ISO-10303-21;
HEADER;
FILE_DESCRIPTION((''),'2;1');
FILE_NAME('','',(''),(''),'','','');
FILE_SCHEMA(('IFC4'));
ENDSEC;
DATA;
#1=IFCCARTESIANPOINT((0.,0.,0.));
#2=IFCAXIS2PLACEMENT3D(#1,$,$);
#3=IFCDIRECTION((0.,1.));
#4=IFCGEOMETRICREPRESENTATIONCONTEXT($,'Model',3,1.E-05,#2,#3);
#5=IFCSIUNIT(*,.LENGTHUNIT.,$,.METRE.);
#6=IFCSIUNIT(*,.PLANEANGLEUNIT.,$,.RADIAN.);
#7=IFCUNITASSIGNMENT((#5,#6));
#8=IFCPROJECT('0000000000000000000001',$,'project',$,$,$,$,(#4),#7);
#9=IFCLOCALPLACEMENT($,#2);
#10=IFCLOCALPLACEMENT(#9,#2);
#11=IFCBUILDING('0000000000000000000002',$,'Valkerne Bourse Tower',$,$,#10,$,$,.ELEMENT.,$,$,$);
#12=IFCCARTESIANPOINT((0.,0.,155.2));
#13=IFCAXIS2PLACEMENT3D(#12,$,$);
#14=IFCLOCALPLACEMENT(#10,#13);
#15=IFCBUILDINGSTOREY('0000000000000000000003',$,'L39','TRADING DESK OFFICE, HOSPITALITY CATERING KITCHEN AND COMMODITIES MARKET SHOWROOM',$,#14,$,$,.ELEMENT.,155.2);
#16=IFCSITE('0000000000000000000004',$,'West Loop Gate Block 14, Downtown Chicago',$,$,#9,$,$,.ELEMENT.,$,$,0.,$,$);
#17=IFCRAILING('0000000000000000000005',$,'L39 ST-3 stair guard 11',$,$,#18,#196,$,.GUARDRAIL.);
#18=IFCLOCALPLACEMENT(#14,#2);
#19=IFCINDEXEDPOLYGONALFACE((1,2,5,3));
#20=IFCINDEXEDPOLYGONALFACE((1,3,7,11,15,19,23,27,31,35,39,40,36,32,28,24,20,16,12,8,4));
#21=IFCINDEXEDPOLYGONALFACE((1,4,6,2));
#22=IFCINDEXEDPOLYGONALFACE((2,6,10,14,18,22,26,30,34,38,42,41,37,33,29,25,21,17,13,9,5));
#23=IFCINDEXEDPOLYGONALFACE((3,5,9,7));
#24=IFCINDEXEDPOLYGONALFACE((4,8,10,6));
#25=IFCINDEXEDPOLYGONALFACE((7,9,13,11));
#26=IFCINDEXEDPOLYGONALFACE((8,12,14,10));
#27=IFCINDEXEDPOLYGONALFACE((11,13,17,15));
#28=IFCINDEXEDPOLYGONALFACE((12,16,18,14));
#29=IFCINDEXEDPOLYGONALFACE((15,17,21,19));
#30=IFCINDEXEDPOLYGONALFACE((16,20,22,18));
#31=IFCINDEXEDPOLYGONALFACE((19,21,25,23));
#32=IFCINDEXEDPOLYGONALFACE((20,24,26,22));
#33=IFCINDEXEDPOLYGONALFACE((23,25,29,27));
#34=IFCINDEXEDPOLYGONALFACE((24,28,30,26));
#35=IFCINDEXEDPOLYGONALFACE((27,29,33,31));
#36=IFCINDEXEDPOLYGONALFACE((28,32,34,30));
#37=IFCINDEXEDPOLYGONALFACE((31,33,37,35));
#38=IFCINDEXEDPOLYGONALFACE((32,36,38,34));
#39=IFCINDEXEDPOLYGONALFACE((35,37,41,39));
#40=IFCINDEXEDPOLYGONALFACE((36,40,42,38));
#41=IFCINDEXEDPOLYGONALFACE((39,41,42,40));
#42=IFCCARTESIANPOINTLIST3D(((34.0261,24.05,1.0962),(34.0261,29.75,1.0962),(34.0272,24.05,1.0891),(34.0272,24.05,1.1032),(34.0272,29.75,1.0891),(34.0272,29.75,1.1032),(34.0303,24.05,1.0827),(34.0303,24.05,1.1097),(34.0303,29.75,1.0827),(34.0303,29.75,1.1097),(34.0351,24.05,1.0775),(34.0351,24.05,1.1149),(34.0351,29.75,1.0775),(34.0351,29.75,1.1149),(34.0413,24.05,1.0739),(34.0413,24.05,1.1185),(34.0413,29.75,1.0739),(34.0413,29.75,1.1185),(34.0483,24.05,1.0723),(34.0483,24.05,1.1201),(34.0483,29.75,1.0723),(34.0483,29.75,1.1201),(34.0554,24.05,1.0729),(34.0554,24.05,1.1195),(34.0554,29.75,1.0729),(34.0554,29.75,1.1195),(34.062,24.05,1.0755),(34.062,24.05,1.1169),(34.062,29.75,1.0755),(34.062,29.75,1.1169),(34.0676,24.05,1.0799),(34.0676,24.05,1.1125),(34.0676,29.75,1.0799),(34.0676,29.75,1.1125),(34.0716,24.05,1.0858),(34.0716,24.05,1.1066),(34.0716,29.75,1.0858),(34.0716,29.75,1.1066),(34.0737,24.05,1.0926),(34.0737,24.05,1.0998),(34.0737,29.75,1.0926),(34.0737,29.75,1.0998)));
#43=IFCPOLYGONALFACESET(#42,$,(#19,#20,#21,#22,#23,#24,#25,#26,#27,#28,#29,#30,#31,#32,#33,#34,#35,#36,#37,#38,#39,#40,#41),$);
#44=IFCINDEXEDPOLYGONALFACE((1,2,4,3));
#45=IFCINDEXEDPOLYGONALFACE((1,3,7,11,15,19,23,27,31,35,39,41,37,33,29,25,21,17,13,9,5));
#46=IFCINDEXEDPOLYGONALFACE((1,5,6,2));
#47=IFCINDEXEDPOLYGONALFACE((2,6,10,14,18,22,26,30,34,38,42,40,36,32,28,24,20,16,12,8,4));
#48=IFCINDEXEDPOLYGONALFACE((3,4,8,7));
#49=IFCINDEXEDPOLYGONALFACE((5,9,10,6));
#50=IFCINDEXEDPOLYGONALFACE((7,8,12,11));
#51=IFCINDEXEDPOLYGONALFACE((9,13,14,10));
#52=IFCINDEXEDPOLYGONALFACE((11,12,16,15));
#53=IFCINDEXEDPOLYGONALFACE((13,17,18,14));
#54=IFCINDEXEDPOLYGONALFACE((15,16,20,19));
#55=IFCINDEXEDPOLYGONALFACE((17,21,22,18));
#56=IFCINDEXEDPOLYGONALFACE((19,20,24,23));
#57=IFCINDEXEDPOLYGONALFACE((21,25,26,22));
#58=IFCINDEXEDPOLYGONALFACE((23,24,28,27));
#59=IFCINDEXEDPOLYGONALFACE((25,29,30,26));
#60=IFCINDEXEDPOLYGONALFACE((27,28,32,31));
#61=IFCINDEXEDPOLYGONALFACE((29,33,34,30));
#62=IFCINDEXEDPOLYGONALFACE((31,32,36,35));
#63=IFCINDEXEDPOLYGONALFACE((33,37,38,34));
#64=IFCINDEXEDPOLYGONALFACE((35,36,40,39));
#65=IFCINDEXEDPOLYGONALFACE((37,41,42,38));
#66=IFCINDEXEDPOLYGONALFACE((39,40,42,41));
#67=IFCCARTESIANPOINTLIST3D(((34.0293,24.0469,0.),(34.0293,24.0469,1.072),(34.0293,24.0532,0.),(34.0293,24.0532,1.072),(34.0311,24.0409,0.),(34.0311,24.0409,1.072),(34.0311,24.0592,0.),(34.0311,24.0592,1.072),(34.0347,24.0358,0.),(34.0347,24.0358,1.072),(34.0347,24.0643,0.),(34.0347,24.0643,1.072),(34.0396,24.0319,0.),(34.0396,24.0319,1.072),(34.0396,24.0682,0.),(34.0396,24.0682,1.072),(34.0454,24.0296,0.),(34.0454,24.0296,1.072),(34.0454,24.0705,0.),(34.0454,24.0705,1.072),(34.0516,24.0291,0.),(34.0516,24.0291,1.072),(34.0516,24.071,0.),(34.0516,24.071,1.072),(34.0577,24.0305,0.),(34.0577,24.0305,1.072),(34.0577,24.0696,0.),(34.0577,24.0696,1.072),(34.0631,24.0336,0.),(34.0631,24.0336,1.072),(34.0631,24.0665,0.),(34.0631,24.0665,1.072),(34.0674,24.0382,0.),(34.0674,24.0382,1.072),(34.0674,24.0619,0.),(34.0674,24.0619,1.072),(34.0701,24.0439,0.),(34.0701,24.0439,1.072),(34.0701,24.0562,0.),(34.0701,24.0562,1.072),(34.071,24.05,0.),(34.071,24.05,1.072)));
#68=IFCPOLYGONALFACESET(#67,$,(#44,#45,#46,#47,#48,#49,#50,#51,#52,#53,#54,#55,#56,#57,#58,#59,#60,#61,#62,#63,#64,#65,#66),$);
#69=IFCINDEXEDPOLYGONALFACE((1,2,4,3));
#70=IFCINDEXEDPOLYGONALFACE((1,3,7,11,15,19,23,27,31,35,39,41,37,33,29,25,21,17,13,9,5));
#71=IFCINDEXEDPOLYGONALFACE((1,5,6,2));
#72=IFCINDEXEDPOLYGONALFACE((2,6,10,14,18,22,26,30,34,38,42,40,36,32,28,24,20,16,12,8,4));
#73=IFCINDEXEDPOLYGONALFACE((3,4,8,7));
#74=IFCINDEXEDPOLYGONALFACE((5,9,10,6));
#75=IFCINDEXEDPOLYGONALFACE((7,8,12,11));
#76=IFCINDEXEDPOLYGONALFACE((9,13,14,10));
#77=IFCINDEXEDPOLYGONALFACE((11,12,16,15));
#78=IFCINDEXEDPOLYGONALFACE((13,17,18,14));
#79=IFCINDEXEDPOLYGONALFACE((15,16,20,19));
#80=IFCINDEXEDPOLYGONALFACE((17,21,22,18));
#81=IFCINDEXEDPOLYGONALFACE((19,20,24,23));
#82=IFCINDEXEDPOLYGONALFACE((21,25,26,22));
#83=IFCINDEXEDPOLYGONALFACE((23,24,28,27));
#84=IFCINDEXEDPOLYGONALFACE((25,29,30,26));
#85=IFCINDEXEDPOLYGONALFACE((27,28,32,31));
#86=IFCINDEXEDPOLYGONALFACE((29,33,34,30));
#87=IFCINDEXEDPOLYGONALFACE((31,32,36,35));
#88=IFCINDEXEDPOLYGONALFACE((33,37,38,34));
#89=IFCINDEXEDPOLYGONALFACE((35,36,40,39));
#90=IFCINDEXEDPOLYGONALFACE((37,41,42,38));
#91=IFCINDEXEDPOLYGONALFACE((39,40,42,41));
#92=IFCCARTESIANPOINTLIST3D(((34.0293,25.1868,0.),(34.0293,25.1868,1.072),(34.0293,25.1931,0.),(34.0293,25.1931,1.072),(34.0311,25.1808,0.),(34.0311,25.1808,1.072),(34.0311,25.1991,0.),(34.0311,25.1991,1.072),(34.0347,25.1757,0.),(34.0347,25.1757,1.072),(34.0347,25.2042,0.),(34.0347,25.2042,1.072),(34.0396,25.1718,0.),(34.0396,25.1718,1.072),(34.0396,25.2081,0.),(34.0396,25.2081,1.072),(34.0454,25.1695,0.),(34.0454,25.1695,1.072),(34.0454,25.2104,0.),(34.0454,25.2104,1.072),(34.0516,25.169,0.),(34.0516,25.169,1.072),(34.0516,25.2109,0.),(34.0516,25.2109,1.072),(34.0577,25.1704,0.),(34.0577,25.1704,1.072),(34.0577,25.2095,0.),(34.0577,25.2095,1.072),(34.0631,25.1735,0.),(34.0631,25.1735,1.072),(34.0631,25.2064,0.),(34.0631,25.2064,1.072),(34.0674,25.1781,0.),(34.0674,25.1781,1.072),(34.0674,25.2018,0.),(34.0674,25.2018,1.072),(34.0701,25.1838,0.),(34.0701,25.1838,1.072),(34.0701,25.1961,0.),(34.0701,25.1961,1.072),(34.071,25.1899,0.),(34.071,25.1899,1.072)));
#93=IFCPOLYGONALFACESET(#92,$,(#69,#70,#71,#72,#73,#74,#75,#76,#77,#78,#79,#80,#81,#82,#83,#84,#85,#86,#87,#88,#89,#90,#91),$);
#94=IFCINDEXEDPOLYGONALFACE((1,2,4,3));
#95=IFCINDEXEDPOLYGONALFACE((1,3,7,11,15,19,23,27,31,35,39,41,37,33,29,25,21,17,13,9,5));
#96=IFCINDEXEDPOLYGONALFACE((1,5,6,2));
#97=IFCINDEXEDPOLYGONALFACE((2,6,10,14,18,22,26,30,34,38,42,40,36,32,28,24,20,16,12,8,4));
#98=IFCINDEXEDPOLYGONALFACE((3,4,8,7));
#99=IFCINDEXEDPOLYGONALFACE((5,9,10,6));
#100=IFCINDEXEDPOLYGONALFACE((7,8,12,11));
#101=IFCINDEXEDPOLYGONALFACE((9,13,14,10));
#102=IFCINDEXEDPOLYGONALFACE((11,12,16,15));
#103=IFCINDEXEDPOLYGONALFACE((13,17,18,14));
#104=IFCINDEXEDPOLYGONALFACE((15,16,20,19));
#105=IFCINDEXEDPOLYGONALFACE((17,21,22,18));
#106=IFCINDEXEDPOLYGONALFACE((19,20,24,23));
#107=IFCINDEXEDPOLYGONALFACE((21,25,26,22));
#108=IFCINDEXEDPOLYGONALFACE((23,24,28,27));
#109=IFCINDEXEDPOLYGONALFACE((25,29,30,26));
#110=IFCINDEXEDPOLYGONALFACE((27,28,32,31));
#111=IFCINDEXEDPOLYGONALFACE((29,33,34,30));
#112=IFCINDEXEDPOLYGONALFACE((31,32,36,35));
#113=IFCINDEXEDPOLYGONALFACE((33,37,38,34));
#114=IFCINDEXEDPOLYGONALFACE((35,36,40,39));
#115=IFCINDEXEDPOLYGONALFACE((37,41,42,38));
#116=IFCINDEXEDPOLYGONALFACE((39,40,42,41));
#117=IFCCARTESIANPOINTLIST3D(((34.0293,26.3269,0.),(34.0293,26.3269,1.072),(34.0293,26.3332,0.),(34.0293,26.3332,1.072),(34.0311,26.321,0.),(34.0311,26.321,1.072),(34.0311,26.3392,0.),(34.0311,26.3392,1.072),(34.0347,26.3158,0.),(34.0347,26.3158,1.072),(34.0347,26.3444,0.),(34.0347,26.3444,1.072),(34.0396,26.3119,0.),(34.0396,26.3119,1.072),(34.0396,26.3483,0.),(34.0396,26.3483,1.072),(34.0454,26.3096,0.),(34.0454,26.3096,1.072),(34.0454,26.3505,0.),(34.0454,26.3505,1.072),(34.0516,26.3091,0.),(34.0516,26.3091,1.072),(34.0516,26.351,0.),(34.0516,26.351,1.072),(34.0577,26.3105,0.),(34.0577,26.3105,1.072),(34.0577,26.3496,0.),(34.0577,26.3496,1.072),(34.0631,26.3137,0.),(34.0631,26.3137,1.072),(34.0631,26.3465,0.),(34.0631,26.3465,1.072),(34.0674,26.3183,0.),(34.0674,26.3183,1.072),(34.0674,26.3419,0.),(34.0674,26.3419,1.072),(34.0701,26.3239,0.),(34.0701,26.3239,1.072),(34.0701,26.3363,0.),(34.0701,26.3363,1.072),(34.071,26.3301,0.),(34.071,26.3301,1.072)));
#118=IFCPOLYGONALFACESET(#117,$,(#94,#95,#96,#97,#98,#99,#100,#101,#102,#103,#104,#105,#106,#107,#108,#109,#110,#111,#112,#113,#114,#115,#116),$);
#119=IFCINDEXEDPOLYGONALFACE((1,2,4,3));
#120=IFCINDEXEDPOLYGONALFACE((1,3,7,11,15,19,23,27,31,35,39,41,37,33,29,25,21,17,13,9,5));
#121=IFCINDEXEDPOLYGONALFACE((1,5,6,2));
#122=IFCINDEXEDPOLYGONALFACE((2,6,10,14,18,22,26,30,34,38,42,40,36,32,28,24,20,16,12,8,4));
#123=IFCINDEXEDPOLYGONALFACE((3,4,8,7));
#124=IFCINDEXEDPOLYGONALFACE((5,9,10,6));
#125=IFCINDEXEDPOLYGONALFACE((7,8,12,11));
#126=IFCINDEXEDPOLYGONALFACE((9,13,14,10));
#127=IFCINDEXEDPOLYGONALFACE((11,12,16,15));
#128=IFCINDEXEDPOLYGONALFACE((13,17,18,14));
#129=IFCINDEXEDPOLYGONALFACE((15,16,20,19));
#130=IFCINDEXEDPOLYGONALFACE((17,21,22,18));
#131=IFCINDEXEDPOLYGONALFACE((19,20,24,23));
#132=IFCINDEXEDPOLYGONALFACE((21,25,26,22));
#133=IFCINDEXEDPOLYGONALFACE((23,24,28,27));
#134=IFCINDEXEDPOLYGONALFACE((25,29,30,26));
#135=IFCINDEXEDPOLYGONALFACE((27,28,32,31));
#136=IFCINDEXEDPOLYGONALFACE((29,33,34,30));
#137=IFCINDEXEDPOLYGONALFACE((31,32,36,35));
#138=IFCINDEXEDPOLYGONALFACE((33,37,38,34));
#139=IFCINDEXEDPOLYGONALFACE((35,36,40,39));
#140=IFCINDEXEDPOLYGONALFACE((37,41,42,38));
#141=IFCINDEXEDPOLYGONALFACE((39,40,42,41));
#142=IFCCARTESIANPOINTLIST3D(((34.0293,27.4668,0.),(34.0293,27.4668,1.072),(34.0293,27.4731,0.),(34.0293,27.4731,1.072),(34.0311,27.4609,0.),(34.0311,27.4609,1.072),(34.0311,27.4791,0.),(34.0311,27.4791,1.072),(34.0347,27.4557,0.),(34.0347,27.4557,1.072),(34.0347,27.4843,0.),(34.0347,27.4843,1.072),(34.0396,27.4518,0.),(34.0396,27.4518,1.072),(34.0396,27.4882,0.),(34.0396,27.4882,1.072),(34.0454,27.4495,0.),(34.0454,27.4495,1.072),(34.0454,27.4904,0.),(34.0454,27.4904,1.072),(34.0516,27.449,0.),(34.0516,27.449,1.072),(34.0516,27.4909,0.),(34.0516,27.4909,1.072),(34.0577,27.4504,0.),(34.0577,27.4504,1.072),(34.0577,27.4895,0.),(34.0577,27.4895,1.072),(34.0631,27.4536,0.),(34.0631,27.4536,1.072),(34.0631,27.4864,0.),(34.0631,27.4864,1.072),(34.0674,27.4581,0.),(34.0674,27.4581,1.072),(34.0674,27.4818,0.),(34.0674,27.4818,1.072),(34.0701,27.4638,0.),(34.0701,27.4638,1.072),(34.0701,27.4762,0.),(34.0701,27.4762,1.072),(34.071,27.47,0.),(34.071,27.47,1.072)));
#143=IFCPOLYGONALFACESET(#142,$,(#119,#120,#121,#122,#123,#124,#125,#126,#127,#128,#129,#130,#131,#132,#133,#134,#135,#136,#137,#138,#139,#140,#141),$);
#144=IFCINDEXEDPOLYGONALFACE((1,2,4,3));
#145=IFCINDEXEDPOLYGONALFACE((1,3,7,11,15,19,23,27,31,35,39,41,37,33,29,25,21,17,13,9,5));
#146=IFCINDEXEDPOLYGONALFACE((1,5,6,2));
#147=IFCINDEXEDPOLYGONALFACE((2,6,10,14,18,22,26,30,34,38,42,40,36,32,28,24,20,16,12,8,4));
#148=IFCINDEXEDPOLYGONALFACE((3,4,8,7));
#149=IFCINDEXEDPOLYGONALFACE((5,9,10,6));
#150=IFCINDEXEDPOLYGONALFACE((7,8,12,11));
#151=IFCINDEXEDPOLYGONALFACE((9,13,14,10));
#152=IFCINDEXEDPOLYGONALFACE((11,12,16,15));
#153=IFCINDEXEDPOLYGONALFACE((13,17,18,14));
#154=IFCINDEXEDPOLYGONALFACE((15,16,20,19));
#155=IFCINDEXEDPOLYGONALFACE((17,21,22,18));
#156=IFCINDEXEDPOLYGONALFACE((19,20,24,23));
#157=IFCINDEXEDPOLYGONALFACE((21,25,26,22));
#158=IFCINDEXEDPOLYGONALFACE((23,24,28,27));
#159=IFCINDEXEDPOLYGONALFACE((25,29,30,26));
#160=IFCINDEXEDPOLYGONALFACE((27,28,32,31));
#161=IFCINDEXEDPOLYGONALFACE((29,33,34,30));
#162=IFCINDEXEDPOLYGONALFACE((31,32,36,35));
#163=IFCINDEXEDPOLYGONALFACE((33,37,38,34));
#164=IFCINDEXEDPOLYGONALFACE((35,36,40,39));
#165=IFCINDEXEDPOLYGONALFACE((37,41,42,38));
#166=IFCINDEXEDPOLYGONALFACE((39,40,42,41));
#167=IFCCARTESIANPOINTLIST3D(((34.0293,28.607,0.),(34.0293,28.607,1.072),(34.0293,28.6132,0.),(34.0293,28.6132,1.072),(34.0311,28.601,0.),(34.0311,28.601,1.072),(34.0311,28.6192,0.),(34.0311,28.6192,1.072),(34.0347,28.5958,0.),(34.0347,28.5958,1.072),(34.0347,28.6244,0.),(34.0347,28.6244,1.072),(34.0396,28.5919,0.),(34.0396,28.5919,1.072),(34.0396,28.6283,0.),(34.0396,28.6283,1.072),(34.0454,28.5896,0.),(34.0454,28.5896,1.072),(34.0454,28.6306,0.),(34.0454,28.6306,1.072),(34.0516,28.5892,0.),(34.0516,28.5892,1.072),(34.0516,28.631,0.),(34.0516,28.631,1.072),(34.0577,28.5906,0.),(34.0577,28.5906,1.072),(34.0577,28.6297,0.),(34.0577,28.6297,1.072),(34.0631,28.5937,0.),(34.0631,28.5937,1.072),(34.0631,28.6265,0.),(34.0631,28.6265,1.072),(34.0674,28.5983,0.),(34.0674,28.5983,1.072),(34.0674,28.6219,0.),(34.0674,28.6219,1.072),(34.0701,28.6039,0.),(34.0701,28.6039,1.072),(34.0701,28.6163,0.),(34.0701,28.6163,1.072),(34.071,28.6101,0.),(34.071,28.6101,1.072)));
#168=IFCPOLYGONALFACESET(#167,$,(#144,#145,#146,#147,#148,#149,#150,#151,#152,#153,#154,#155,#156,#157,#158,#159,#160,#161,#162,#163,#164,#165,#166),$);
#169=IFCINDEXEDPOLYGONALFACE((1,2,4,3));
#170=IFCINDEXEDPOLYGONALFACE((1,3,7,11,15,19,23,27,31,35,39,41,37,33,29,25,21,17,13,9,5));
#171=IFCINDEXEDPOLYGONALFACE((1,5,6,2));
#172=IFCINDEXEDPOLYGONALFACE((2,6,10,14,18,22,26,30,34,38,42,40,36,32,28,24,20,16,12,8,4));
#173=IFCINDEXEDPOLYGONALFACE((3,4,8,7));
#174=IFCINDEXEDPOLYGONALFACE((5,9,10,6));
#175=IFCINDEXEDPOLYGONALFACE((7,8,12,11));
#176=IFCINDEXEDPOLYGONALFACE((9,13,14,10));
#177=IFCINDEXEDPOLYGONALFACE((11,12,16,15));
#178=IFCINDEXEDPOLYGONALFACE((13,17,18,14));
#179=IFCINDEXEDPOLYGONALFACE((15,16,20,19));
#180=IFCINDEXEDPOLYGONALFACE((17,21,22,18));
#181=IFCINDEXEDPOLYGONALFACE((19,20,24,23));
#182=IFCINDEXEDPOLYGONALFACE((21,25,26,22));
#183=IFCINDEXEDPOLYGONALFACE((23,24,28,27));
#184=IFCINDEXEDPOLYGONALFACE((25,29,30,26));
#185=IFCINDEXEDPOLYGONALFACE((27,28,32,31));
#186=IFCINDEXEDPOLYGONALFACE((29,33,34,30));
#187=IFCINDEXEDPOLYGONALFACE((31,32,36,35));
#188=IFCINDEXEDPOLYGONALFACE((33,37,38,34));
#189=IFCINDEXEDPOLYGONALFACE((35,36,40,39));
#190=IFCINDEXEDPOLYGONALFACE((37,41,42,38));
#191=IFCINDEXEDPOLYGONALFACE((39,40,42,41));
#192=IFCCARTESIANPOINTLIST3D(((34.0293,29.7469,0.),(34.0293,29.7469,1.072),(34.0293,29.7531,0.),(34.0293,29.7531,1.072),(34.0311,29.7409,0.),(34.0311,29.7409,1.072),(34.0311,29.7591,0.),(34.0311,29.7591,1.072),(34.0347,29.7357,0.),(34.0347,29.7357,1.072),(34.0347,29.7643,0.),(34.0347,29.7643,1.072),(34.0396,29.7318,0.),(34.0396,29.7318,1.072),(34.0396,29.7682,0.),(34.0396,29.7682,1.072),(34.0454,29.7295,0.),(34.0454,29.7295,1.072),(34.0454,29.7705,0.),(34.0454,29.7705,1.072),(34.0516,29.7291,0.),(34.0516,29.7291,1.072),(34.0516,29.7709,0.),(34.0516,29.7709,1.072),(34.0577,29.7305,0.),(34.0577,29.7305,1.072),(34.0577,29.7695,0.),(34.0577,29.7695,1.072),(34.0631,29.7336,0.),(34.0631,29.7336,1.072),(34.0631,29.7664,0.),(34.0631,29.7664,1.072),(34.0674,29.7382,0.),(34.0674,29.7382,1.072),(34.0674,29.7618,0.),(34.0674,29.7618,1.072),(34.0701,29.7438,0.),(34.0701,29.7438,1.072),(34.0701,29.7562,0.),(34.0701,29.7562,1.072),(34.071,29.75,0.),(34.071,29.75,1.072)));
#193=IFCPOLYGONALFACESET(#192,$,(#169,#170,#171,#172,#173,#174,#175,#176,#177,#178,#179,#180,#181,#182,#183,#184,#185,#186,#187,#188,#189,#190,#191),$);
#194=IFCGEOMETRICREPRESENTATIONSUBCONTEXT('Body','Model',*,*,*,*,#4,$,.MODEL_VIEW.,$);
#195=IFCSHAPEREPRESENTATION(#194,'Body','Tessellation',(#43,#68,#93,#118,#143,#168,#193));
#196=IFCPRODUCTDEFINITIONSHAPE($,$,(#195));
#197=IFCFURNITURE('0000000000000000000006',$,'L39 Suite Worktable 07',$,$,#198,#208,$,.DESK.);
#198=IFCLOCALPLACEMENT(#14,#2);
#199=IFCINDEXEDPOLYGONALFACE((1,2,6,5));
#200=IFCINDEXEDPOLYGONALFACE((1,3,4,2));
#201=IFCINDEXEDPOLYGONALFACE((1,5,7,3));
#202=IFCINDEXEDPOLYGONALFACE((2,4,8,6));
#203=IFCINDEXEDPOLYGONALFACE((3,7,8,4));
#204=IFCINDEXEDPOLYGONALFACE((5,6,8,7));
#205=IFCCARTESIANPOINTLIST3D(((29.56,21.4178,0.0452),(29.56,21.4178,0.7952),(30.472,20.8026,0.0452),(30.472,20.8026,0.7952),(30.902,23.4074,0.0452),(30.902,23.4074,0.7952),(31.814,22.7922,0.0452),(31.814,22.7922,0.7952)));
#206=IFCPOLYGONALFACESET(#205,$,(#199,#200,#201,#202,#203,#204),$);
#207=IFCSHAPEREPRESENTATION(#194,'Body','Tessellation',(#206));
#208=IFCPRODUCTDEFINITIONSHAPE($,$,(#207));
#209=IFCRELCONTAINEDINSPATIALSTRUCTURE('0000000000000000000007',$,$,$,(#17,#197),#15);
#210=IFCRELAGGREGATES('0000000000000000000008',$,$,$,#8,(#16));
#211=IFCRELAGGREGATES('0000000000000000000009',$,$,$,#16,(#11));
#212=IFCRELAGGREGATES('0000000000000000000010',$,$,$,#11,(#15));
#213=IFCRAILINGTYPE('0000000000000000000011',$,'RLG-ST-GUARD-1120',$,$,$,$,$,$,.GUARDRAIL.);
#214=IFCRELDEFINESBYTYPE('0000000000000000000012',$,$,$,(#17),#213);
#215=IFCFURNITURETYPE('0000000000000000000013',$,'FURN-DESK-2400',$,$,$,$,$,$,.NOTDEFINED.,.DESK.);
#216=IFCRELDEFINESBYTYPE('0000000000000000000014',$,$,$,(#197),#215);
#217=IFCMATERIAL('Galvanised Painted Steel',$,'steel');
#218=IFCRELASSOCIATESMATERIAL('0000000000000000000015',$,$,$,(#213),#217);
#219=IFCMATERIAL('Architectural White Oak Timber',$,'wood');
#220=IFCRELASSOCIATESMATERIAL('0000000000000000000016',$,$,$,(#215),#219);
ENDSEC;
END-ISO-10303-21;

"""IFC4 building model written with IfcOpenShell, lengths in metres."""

from ifc_helpers import new_model, si_unit, direction, frame, origin, origin_2d, place, context, subcontext, project, spatial, rectangle, circle, extrude, material, type_object, element, save


model = new_model("IFC4")

# Units and contexts
model_context = context("Model", 3, precision=1e-05, world=origin(), true_north=direction((0.0, 1.0)))
body_context = subcontext(model_context, "Body", "Model", "MODEL_VIEW")
ifc_project = project(units=[si_unit("LENGTHUNIT", "METRE"), si_unit("PLANEANGLEUNIT", "RADIAN")], contexts=[model_context])

# Site, building, storey
site_placement = place(None, origin())
site = spatial("IfcSite", under=ifc_project, at=site_placement, Name="West Loop Gate Block 14, Downtown Chicago", CompositionType="ELEMENT", RefElevation=0.0)
building_placement = place(site_placement, origin())
building = spatial("IfcBuilding", under=site, at=building_placement, Name="Valkerne Bourse Tower", CompositionType="ELEMENT")
storey_placement = place(building_placement, frame((0.0, 0.0, 155.2)))
storey = spatial("IfcBuildingStorey", under=building, at=storey_placement, Name="L39", Description="TRADING DESK OFFICE, HOSPITALITY CATERING KITCHEN AND COMMODITIES MARKET SHOWROOM", CompositionType="ELEMENT", Elevation=155.2)

# Shared definitions
ifc_material_1 = material(Name="Architectural White Oak Timber", Category="wood")

# Shared definitions
ifc_material_2 = material(Name="Galvanised Painted Steel", Category="steel")

# Railing
railing_type = type_object("IfcRailingType", Name="RLG-ST-GUARD-1120", PredefinedType="GUARDRAIL", material=ifc_material_2)
for number, where, name in (
    (1, (34.05, 24.05, 0.0), "L39 ST-3 stair guard 11"),
):
    element("IfcRailing", number, at=place(storey_placement, frame(where)), inside=storey, type_object=railing_type, Name=name, PredefinedType="GUARDRAIL", context=body_context, shape_type="SweptSolid", body=[
        extrude(circle(Radius=0.0239, at=origin_2d()), frame((0.0, 0.0, 1.0962), z_axis=(0.0, 1.0, 0.0), x_axis=(-1.0, 0.0, 0.0)), (0.0, 0.0, 1.0), 5.7),
        extrude(circle(Radius=0.021, at=origin_2d()), origin(), (0.0, 0.0, 1.0), 1.072),
        extrude(circle(Radius=0.021, at=origin_2d()), frame((0.0, 1.1399, 0.0)), (0.0, 0.0, 1.0), 1.072),
        extrude(circle(Radius=0.021, at=origin_2d()), frame((0.0, 2.28, 0.0)), (0.0, 0.0, 1.0), 1.072),
        extrude(circle(Radius=0.021, at=origin_2d()), frame((0.0, 3.4199, 0.0)), (0.0, 0.0, 1.0), 1.072),
        extrude(circle(Radius=0.021, at=origin_2d()), frame((0.0, 4.5601, 0.0)), (0.0, 0.0, 1.0), 1.072),
        extrude(circle(Radius=0.021, at=origin_2d()), frame((0.0, 5.7, 0.0)), (0.0, 0.0, 1.0), 1.072),
    ])

# Furniture
furniture_type = type_object("IfcFurnitureType", Name="FURN-DESK-2400", AssemblyPlace="NOTDEFINED", PredefinedType="DESK", material=ifc_material_1)
furniture_placement = place(storey_placement, frame((30.687, 22.105, 0.0452), z_axis=(0.0, 0.0, 1.0), x_axis=(0.559193, 0.829038, 0.0)))
element("IfcFurniture", 2, at=furniture_placement, inside=storey, type_object=furniture_type, Name="L39 Suite Worktable 07", PredefinedType="DESK", context=body_context, shape_type="SweptSolid", body=[
    extrude(rectangle(XDim=2.3999, YDim=1.1001, at=origin_2d()), origin(), (0.0, 0.0, 1.0), 0.75),
])

save(model, "model.ifc")
